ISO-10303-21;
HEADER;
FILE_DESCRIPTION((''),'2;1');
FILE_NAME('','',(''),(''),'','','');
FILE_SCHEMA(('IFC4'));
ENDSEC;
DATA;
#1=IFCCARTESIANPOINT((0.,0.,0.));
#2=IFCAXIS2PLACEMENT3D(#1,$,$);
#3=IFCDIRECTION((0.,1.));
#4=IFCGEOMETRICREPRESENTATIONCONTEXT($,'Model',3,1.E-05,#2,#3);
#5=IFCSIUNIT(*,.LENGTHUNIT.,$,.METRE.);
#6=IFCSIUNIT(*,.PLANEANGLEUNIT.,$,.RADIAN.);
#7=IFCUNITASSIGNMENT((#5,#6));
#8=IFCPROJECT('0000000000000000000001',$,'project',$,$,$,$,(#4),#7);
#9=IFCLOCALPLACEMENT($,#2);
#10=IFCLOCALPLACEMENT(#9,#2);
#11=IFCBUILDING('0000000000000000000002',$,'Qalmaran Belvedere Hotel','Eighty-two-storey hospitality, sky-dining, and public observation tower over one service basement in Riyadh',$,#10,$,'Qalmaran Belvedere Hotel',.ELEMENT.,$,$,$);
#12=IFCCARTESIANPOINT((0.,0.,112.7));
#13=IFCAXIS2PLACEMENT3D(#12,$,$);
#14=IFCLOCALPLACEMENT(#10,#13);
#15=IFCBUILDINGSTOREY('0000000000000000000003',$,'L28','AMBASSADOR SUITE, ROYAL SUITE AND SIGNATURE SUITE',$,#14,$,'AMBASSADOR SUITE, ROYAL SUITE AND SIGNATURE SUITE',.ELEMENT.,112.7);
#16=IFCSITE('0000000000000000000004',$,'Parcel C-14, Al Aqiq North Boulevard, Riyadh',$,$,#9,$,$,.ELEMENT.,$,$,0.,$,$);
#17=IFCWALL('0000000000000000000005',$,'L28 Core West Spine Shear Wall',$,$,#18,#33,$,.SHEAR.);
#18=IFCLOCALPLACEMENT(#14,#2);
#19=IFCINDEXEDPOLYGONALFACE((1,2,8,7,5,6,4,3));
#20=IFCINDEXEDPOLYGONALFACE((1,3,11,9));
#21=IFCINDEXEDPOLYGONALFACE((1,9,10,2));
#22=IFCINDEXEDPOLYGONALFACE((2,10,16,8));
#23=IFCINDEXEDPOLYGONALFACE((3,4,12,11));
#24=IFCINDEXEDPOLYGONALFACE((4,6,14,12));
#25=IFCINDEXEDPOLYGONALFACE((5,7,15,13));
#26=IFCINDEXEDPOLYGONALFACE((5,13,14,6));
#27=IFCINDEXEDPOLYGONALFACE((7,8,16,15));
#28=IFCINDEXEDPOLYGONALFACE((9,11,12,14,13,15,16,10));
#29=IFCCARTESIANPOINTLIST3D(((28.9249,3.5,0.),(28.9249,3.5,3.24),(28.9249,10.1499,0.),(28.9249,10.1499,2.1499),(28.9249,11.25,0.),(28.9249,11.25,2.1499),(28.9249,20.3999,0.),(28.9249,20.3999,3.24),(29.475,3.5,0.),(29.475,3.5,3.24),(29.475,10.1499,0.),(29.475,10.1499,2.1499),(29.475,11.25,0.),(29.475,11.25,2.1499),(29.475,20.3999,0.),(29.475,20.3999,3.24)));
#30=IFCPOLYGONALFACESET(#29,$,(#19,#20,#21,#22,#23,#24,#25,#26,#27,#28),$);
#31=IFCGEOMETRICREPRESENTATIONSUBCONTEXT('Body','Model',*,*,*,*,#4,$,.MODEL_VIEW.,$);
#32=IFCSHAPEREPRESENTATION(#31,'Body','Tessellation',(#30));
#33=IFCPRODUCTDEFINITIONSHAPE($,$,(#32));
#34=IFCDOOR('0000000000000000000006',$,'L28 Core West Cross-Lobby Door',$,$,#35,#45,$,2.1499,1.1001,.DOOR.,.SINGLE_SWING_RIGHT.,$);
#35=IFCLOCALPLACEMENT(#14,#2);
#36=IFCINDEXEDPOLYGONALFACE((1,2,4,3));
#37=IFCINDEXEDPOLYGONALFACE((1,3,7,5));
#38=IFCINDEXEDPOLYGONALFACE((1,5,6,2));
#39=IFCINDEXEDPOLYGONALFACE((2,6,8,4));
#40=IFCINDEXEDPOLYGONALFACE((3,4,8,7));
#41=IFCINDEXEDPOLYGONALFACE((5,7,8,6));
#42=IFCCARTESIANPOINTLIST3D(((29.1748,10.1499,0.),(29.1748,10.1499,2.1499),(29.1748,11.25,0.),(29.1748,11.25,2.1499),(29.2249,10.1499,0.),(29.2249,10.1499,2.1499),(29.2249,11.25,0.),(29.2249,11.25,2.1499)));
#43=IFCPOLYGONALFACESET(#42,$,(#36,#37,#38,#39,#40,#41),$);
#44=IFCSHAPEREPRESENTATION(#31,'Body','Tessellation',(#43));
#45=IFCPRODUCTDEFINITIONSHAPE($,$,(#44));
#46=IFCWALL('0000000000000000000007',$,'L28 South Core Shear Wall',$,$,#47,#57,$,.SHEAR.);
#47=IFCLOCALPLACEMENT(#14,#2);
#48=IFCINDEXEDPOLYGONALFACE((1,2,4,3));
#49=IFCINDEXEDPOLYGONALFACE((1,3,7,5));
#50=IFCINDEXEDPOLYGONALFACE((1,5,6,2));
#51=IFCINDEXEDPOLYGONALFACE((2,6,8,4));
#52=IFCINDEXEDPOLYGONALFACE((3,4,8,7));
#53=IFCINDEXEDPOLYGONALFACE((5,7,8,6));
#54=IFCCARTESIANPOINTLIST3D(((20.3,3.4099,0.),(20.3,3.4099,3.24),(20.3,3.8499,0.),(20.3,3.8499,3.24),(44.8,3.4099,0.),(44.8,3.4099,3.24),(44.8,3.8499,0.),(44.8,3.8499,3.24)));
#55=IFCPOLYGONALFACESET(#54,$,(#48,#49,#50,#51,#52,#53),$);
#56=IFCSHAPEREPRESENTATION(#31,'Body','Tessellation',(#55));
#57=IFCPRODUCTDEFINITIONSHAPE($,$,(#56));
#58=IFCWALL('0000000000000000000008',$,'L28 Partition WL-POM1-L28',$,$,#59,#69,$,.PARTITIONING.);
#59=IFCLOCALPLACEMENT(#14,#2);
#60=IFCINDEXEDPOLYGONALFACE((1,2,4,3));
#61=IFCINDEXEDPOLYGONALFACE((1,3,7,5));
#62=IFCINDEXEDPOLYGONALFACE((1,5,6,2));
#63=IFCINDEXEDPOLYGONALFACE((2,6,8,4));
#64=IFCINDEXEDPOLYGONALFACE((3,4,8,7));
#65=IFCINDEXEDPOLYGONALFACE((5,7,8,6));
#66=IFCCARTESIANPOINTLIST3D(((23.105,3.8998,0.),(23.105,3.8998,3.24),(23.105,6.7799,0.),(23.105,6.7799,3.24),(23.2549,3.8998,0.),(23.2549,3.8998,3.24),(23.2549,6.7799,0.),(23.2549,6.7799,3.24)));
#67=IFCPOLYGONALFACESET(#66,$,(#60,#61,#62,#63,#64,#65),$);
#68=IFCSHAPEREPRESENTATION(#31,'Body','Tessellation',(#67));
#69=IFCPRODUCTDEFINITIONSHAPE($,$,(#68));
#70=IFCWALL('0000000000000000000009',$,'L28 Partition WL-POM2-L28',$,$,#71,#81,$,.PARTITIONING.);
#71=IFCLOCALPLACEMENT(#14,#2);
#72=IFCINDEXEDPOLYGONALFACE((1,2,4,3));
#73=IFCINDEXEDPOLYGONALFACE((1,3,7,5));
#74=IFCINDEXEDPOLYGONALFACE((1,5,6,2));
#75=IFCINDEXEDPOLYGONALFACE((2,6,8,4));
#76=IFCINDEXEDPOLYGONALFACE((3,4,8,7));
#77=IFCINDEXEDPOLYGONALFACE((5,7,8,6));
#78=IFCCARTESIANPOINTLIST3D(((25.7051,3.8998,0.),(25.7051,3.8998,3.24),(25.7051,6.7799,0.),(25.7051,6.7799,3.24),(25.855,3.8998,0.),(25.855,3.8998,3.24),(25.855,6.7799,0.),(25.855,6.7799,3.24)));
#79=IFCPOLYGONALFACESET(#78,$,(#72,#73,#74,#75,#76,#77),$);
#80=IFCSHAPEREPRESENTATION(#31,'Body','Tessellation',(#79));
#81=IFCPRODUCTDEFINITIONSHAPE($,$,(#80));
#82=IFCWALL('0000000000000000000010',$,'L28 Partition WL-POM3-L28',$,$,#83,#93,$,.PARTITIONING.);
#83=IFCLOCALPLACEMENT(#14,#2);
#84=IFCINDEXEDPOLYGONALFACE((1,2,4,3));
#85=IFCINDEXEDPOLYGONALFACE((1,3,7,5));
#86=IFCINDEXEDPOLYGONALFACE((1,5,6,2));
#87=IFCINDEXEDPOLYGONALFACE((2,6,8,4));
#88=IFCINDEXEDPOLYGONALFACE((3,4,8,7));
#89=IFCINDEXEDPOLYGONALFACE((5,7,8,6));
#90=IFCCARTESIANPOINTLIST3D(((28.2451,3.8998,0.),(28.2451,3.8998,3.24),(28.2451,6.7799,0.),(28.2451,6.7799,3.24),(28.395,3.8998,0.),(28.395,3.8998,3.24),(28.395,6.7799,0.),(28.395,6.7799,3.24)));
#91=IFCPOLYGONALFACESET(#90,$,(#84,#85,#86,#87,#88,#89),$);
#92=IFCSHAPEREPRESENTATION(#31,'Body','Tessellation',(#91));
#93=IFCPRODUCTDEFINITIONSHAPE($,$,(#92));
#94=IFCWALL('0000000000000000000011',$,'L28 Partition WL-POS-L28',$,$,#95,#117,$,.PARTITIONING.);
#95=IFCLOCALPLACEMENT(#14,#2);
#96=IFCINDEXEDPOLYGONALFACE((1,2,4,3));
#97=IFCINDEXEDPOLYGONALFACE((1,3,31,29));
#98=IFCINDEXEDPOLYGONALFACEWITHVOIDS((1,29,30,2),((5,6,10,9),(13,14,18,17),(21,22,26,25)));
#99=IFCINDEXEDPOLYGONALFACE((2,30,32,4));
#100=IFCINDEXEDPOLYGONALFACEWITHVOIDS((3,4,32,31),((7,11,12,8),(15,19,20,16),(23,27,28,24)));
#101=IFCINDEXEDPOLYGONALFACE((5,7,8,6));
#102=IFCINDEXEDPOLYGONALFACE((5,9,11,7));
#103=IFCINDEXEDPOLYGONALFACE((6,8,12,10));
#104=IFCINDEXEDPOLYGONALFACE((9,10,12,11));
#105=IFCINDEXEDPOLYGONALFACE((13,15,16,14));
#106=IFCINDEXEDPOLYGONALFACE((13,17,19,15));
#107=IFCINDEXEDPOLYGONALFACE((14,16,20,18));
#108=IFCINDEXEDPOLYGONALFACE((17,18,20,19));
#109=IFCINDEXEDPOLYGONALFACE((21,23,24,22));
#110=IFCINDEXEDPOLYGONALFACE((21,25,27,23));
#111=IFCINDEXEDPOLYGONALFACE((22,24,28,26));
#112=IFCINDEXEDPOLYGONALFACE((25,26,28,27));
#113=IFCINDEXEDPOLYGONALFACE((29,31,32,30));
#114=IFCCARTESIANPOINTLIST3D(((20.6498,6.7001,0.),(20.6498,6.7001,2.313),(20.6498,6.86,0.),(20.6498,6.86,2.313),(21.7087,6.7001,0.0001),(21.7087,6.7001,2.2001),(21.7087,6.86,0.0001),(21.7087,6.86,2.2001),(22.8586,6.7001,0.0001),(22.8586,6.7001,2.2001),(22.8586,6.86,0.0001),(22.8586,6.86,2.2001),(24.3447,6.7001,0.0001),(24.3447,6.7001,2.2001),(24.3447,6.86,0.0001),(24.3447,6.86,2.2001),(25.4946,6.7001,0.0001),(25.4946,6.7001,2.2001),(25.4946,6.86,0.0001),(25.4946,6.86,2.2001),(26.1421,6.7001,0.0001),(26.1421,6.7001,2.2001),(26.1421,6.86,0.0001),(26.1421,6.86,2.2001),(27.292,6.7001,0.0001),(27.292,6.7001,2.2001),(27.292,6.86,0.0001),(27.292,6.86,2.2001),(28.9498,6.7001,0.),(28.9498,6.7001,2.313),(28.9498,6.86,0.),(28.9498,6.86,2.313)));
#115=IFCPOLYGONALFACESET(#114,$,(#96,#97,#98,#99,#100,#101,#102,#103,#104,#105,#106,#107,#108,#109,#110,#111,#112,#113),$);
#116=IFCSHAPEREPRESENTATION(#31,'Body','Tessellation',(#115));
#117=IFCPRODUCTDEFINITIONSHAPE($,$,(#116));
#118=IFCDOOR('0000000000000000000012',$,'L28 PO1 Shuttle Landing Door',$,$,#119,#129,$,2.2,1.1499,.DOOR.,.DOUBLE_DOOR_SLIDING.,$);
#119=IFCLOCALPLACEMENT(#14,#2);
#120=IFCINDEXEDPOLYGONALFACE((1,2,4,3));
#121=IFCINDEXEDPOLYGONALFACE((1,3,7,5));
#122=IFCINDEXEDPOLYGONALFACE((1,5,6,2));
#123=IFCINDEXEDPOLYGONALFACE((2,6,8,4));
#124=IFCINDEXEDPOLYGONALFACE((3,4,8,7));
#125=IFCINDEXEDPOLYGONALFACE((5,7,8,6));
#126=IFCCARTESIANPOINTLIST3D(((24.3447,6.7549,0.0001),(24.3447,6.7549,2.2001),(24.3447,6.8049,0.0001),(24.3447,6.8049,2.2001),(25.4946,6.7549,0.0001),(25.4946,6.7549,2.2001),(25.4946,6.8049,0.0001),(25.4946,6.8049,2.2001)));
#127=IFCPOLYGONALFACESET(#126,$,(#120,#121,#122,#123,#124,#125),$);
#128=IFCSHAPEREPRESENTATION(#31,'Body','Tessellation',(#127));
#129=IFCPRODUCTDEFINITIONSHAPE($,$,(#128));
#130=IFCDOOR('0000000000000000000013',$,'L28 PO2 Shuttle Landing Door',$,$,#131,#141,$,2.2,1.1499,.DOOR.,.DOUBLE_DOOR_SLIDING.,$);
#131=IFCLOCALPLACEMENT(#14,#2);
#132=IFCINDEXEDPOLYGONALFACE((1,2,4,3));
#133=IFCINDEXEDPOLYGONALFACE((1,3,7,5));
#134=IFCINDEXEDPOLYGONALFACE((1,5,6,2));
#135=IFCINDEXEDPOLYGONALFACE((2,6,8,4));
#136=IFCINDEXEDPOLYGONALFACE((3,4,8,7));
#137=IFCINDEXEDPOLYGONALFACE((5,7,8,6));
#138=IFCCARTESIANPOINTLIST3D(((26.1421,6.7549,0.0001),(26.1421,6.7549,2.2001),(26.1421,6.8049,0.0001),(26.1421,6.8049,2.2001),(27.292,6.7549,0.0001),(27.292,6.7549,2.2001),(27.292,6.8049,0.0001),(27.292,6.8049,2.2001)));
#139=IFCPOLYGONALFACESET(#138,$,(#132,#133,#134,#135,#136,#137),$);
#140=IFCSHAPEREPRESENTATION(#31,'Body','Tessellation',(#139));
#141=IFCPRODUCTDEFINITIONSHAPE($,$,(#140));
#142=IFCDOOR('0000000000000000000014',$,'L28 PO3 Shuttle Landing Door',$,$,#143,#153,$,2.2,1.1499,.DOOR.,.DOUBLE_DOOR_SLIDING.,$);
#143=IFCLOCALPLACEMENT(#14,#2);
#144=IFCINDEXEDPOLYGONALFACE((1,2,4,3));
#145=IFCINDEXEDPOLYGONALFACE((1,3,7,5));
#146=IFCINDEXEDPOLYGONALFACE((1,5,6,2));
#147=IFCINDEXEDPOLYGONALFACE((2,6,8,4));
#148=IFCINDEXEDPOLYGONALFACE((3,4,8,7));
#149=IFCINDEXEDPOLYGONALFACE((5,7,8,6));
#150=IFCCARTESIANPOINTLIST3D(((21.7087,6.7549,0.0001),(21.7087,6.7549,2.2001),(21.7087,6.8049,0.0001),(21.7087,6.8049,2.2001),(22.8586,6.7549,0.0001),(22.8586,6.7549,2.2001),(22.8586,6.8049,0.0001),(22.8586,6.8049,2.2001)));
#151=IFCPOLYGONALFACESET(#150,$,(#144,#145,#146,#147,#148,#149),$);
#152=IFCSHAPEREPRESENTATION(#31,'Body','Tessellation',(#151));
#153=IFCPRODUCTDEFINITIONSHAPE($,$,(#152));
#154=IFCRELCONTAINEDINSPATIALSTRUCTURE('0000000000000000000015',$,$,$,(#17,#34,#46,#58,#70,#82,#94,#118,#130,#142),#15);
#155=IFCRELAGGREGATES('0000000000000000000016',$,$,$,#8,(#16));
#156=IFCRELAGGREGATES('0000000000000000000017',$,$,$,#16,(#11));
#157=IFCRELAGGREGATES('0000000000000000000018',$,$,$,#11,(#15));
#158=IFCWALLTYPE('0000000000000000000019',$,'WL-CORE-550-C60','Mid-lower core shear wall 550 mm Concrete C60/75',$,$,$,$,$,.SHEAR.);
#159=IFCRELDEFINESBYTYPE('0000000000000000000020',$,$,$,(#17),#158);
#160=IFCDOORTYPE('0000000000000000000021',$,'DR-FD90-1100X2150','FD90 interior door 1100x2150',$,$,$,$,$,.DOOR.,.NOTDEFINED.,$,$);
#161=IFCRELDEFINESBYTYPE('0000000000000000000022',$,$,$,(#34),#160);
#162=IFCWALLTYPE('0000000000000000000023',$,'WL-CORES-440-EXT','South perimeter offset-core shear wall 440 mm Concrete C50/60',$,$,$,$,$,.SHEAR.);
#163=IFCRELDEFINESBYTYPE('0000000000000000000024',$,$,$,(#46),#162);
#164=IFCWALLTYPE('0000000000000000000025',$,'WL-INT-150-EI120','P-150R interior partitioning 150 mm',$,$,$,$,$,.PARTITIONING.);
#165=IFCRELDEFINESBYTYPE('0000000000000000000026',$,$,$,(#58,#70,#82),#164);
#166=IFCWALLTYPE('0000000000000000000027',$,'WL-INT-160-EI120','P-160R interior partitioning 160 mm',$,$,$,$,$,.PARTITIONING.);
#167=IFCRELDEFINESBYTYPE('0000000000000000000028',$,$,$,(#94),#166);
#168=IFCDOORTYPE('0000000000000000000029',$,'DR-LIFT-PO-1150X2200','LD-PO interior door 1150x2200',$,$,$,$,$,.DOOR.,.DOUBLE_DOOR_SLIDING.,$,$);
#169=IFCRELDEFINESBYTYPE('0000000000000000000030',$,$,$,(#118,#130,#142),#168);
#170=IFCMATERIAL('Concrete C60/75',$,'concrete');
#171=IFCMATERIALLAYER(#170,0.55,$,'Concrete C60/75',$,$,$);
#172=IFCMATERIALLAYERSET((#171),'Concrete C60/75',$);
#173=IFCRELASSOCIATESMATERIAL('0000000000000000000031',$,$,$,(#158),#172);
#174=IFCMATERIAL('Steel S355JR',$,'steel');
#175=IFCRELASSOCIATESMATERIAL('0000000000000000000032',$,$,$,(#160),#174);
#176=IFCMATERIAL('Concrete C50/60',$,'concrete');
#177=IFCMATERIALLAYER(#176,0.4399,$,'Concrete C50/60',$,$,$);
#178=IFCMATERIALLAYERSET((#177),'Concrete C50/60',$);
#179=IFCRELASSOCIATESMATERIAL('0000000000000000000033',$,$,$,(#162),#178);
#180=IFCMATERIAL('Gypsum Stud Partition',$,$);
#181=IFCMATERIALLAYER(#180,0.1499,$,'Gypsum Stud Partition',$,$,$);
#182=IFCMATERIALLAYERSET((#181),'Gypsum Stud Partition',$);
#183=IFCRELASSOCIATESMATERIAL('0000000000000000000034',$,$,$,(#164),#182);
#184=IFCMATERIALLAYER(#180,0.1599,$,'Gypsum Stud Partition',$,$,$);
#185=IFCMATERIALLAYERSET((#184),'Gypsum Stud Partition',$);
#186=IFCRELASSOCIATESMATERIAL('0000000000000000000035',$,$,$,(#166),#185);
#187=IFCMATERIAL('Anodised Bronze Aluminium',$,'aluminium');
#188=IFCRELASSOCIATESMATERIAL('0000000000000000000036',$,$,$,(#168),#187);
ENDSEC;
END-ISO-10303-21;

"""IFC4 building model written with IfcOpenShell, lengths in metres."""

from ifc_helpers import new_model, si_unit, direction, frame, frame_2d, origin, place, context, subcontext, project, spatial, rectangle, extrude, material, layer, layer_set, type_object, element, fill, save


model = new_model("IFC4")

# Units and contexts
model_context = context("Model", 3, precision=1e-05, world=origin(), true_north=direction((0.0, 1.0)))
body_context = subcontext(model_context, "Body", "Model", "MODEL_VIEW")
ifc_project = project(units=[si_unit("LENGTHUNIT", "METRE"), si_unit("PLANEANGLEUNIT", "RADIAN")], contexts=[model_context])

# Site, building, storey
site_placement = place(None, origin())
site = spatial("IfcSite", under=ifc_project, at=site_placement, Name="Parcel C-14, Al Aqiq North Boulevard, Riyadh", CompositionType="ELEMENT", RefElevation=0.0)
building_placement = place(site_placement, origin())
building = spatial("IfcBuilding", under=site, at=building_placement, Name="Qalmaran Belvedere Hotel", Description="Eighty-two-storey hospitality, sky-dining, and public observation tower over one service basement in Riyadh", LongName="Qalmaran Belvedere Hotel", CompositionType="ELEMENT")
storey_placement = place(building_placement, frame((0.0, 0.0, 112.7)))
storey = spatial("IfcBuildingStorey", under=building, at=storey_placement, Name="L28", Description="AMBASSADOR SUITE, ROYAL SUITE AND SIGNATURE SUITE", LongName="AMBASSADOR SUITE, ROYAL SUITE AND SIGNATURE SUITE", CompositionType="ELEMENT", Elevation=112.7)

# Shared definitions
ifc_material_1 = material(Name="Concrete C60/75", Category="concrete")

# Shared definitions
ifc_material_2 = material(Name="Steel S355JR", Category="steel")

# Shared definitions
ifc_material_3 = material(Name="Anodised Bronze Aluminium", Category="aluminium")

# Shared definitions
ifc_layer_1 = layer(ifc_material_1, 0.55, Name="Concrete C60/75")
ifc_layer_set_1 = layer_set([ifc_layer_1], Name="Concrete C60/75")
wall_type_1 = type_object("IfcWallType", Name="WL-CORE-550-C60", Description="Mid-lower core shear wall 550 mm Concrete C60/75", PredefinedType="SHEAR", material=ifc_layer_set_1)

# Wall, opening, door
wall_1_placement = place(storey_placement, frame((29.2, 3.5, 0.0), z_axis=(0.0, 0.0, 1.0), x_axis=(0.0, 1.0, 0.0)))
wall_1 = element("IfcWall", 1, at=wall_1_placement, inside=storey, type_object=wall_type_1, Name="L28 Core West Spine Shear Wall", PredefinedType="SHEAR", context=body_context, shape_type="SweptSolid", body=[
    extrude(rectangle(XDim=16.8999, YDim=0.55, at=frame_2d((8.45, 0.0))), origin(), (0.0, 0.0, 1.0), 3.24),
])
opening_1_placement = place(wall_1_placement, frame((7.75, 0.0, 0.0), z_axis=(0.0, 0.0, 1.0), x_axis=(-1.0, 0.0, 0.0)))
opening_1 = element("IfcOpeningElement", 2, at=opening_1_placement, cuts=wall_1, PredefinedType="OPENING", context=body_context, shape_type="SweptSolid", body=[
    extrude(rectangle(XDim=1.1001, YDim=2.1499, at=frame_2d((0.55, 1.075))), frame((0.0, 0.2852, 0.0), z_axis=(0.0, -1.0, 0.0), x_axis=(1.0, 0.0, 0.0)), (0.0, 0.0, 1.0), 0.5701),
])
door_type_1 = type_object("IfcDoorType", Name="DR-FD90-1100X2150", Description="FD90 interior door 1100x2150", OperationType="NOTDEFINED", PredefinedType="DOOR", material=ifc_material_2)
door_1_placement = place(opening_1_placement, origin())
door_1 = element("IfcDoor", 3, at=door_1_placement, inside=storey, type_object=door_type_1, Name="L28 Core West Cross-Lobby Door", OperationType="SINGLE_SWING_RIGHT", OverallHeight=2.1499, OverallWidth=1.1001, PredefinedType="DOOR", context=body_context, shape_type="SweptSolid", body=[
    extrude(rectangle(XDim=1.1001, YDim=2.1499, at=frame_2d((0.55, 1.075))), frame((0.0, 0.0249, 0.0), z_axis=(0.0, -1.0, 0.0), x_axis=(1.0, 0.0, 0.0)), (0.0, 0.0, 1.0), 0.05),
])
fill(opening_1, door_1)

# Walls
ifc_material_4 = material(Name="Concrete C50/60", Category="concrete")
ifc_layer_2 = layer(ifc_material_4, 0.4399, Name="Concrete C50/60")
ifc_layer_set_2 = layer_set([ifc_layer_2], Name="Concrete C50/60")
wall_type_2 = type_object("IfcWallType", Name="WL-CORES-440-EXT", Description="South perimeter offset-core shear wall 440 mm Concrete C50/60", PredefinedType="SHEAR", material=ifc_layer_set_2)
wall_2_placement = place(storey_placement, frame((20.3, 3.6299, 0.0), z_axis=(0.0, 0.0, 1.0), x_axis=(1.0, 0.0, 0.0)))
element("IfcWall", 4, at=wall_2_placement, inside=storey, type_object=wall_type_2, Name="L28 South Core Shear Wall", PredefinedType="SHEAR", context=body_context, shape_type="SweptSolid", body=[
    extrude(rectangle(XDim=24.5, YDim=0.4399, at=frame_2d((12.25, 0.0))), origin(), (0.0, 0.0, 1.0), 3.24),
])
ifc_material_5 = material(Name="Gypsum Stud Partition")
ifc_layer_3 = layer(ifc_material_5, 0.1499, Name="Gypsum Stud Partition")
ifc_layer_set_3 = layer_set([ifc_layer_3], Name="Gypsum Stud Partition")
wall_type_3 = type_object("IfcWallType", Name="WL-INT-150-EI120", Description="P-150R interior partitioning 150 mm", PredefinedType="PARTITIONING", material=ifc_layer_set_3)
for number, where, z_axis, x_axis, name in (
    (5, (23.1799, 3.8999, 0.0), (0.0, 0.0, 1.0), (0.0, 1.0, 0.0), "L28 Partition WL-POM1-L28"),
    (6, (25.78, 3.8999, 0.0), (0.0, 0.0, 1.0), (0.0, 1.0, 0.0), "L28 Partition WL-POM2-L28"),
    (7, (28.3201, 3.8999, 0.0), (0.0, 0.0, 1.0), (0.0, 1.0, 0.0), "L28 Partition WL-POM3-L28"),
):
    element("IfcWall", number, at=place(storey_placement, frame(where, z_axis=z_axis, x_axis=x_axis)), inside=storey, type_object=wall_type_3, Name=name, PredefinedType="PARTITIONING", context=body_context, shape_type="SweptSolid", body=[
        extrude(rectangle(XDim=2.8801, YDim=0.1499, at=frame_2d((1.4399, 0.0))), origin(), (0.0, 0.0, 1.0), 3.24),
    ])

# Wall, openings, doors
ifc_layer_4 = layer(ifc_material_5, 0.1599, Name="Gypsum Stud Partition")
ifc_layer_set_4 = layer_set([ifc_layer_4], Name="Gypsum Stud Partition")
wall_type_4 = type_object("IfcWallType", Name="WL-INT-160-EI120", Description="P-160R interior partitioning 160 mm", PredefinedType="PARTITIONING", material=ifc_layer_set_4)
wall_3_placement = place(storey_placement, frame((20.6499, 6.78, 0.0), z_axis=(0.0, 0.0, 1.0), x_axis=(1.0, 0.0, 0.0)))
wall_3 = element("IfcWall", 8, at=wall_3_placement, inside=storey, type_object=wall_type_4, Name="L28 Partition WL-POS-L28", PredefinedType="PARTITIONING", context=body_context, shape_type="SweptSolid", body=[
    extrude(rectangle(XDim=8.3, YDim=0.1599, at=frame_2d((4.1499, 0.0))), origin(), (0.0, 0.0, 1.0), 2.313),
])
opening_2_placement = place(wall_3_placement, frame((3.6948, 0.0, 0.0)))
opening_2 = element("IfcOpeningElement", 9, at=opening_2_placement, cuts=wall_3, PredefinedType="OPENING", context=body_context, shape_type="SweptSolid", body=[
    extrude(rectangle(XDim=1.1499, YDim=2.2, at=frame_2d((0.575, 1.1001))), frame((0.0, 0.0898, 0.0), z_axis=(0.0, -1.0, 0.0), x_axis=(1.0, 0.0, 0.0)), (0.0, 0.0, 1.0), 0.1799),
])
opening_3_placement = place(wall_3_placement, frame((5.4922, 0.0, 0.0)))
opening_3 = element("IfcOpeningElement", 10, at=opening_3_placement, cuts=wall_3, PredefinedType="OPENING", context=body_context, shape_type="SweptSolid", body=[
    extrude(rectangle(XDim=1.1499, YDim=2.2, at=frame_2d((0.575, 1.1001))), frame((0.0, 0.0898, 0.0), z_axis=(0.0, -1.0, 0.0), x_axis=(1.0, 0.0, 0.0)), (0.0, 0.0, 1.0), 0.1799),
])
opening_4_placement = place(wall_3_placement, frame((1.0588, 0.0, 0.0)))
opening_4 = element("IfcOpeningElement", 11, at=opening_4_placement, cuts=wall_3, PredefinedType="OPENING", context=body_context, shape_type="SweptSolid", body=[
    extrude(rectangle(XDim=1.1499, YDim=2.2, at=frame_2d((0.575, 1.1001))), frame((0.0, 0.0898, 0.0), z_axis=(0.0, -1.0, 0.0), x_axis=(1.0, 0.0, 0.0)), (0.0, 0.0, 1.0), 0.1799),
])
door_type_2 = type_object("IfcDoorType", Name="DR-LIFT-PO-1150X2200", Description="LD-PO interior door 1150x2200", OperationType="DOUBLE_DOOR_SLIDING", PredefinedType="DOOR", material=ifc_material_3)
door_2_placement = place(opening_2_placement, origin())
door_2 = element("IfcDoor", 12, at=door_2_placement, inside=storey, type_object=door_type_2, Name="L28 PO1 Shuttle Landing Door", OperationType="DOUBLE_DOOR_SLIDING", OverallHeight=2.2, OverallWidth=1.1499, PredefinedType="DOOR", context=body_context, shape_type="SweptSolid", body=[
    extrude(rectangle(XDim=1.1499, YDim=2.2, at=frame_2d((0.575, 1.1001))), frame((0.0, 0.0249, 0.0), z_axis=(0.0, -1.0, 0.0), x_axis=(1.0, 0.0, 0.0)), (0.0, 0.0, 1.0), 0.05),
])
fill(opening_2, door_2)
door_3_placement = place(opening_3_placement, origin())
door_3 = element("IfcDoor", 13, at=door_3_placement, inside=storey, type_object=door_type_2, Name="L28 PO2 Shuttle Landing Door", OperationType="DOUBLE_DOOR_SLIDING", OverallHeight=2.2, OverallWidth=1.1499, PredefinedType="DOOR", context=body_context, shape_type="SweptSolid", body=[
    extrude(rectangle(XDim=1.1499, YDim=2.2, at=frame_2d((0.575, 1.1001))), frame((0.0, 0.0249, 0.0), z_axis=(0.0, -1.0, 0.0), x_axis=(1.0, 0.0, 0.0)), (0.0, 0.0, 1.0), 0.05),
])
fill(opening_3, door_3)
door_4_placement = place(opening_4_placement, origin())
door_4 = element("IfcDoor", 14, at=door_4_placement, inside=storey, type_object=door_type_2, Name="L28 PO3 Shuttle Landing Door", OperationType="DOUBLE_DOOR_SLIDING", OverallHeight=2.2, OverallWidth=1.1499, PredefinedType="DOOR", context=body_context, shape_type="SweptSolid", body=[
    extrude(rectangle(XDim=1.1499, YDim=2.2, at=frame_2d((0.575, 1.1001))), frame((0.0, 0.0249, 0.0), z_axis=(0.0, -1.0, 0.0), x_axis=(1.0, 0.0, 0.0)), (0.0, 0.0, 1.0), 0.05),
])
fill(opening_4, door_4)

save(model, "model.ifc")
